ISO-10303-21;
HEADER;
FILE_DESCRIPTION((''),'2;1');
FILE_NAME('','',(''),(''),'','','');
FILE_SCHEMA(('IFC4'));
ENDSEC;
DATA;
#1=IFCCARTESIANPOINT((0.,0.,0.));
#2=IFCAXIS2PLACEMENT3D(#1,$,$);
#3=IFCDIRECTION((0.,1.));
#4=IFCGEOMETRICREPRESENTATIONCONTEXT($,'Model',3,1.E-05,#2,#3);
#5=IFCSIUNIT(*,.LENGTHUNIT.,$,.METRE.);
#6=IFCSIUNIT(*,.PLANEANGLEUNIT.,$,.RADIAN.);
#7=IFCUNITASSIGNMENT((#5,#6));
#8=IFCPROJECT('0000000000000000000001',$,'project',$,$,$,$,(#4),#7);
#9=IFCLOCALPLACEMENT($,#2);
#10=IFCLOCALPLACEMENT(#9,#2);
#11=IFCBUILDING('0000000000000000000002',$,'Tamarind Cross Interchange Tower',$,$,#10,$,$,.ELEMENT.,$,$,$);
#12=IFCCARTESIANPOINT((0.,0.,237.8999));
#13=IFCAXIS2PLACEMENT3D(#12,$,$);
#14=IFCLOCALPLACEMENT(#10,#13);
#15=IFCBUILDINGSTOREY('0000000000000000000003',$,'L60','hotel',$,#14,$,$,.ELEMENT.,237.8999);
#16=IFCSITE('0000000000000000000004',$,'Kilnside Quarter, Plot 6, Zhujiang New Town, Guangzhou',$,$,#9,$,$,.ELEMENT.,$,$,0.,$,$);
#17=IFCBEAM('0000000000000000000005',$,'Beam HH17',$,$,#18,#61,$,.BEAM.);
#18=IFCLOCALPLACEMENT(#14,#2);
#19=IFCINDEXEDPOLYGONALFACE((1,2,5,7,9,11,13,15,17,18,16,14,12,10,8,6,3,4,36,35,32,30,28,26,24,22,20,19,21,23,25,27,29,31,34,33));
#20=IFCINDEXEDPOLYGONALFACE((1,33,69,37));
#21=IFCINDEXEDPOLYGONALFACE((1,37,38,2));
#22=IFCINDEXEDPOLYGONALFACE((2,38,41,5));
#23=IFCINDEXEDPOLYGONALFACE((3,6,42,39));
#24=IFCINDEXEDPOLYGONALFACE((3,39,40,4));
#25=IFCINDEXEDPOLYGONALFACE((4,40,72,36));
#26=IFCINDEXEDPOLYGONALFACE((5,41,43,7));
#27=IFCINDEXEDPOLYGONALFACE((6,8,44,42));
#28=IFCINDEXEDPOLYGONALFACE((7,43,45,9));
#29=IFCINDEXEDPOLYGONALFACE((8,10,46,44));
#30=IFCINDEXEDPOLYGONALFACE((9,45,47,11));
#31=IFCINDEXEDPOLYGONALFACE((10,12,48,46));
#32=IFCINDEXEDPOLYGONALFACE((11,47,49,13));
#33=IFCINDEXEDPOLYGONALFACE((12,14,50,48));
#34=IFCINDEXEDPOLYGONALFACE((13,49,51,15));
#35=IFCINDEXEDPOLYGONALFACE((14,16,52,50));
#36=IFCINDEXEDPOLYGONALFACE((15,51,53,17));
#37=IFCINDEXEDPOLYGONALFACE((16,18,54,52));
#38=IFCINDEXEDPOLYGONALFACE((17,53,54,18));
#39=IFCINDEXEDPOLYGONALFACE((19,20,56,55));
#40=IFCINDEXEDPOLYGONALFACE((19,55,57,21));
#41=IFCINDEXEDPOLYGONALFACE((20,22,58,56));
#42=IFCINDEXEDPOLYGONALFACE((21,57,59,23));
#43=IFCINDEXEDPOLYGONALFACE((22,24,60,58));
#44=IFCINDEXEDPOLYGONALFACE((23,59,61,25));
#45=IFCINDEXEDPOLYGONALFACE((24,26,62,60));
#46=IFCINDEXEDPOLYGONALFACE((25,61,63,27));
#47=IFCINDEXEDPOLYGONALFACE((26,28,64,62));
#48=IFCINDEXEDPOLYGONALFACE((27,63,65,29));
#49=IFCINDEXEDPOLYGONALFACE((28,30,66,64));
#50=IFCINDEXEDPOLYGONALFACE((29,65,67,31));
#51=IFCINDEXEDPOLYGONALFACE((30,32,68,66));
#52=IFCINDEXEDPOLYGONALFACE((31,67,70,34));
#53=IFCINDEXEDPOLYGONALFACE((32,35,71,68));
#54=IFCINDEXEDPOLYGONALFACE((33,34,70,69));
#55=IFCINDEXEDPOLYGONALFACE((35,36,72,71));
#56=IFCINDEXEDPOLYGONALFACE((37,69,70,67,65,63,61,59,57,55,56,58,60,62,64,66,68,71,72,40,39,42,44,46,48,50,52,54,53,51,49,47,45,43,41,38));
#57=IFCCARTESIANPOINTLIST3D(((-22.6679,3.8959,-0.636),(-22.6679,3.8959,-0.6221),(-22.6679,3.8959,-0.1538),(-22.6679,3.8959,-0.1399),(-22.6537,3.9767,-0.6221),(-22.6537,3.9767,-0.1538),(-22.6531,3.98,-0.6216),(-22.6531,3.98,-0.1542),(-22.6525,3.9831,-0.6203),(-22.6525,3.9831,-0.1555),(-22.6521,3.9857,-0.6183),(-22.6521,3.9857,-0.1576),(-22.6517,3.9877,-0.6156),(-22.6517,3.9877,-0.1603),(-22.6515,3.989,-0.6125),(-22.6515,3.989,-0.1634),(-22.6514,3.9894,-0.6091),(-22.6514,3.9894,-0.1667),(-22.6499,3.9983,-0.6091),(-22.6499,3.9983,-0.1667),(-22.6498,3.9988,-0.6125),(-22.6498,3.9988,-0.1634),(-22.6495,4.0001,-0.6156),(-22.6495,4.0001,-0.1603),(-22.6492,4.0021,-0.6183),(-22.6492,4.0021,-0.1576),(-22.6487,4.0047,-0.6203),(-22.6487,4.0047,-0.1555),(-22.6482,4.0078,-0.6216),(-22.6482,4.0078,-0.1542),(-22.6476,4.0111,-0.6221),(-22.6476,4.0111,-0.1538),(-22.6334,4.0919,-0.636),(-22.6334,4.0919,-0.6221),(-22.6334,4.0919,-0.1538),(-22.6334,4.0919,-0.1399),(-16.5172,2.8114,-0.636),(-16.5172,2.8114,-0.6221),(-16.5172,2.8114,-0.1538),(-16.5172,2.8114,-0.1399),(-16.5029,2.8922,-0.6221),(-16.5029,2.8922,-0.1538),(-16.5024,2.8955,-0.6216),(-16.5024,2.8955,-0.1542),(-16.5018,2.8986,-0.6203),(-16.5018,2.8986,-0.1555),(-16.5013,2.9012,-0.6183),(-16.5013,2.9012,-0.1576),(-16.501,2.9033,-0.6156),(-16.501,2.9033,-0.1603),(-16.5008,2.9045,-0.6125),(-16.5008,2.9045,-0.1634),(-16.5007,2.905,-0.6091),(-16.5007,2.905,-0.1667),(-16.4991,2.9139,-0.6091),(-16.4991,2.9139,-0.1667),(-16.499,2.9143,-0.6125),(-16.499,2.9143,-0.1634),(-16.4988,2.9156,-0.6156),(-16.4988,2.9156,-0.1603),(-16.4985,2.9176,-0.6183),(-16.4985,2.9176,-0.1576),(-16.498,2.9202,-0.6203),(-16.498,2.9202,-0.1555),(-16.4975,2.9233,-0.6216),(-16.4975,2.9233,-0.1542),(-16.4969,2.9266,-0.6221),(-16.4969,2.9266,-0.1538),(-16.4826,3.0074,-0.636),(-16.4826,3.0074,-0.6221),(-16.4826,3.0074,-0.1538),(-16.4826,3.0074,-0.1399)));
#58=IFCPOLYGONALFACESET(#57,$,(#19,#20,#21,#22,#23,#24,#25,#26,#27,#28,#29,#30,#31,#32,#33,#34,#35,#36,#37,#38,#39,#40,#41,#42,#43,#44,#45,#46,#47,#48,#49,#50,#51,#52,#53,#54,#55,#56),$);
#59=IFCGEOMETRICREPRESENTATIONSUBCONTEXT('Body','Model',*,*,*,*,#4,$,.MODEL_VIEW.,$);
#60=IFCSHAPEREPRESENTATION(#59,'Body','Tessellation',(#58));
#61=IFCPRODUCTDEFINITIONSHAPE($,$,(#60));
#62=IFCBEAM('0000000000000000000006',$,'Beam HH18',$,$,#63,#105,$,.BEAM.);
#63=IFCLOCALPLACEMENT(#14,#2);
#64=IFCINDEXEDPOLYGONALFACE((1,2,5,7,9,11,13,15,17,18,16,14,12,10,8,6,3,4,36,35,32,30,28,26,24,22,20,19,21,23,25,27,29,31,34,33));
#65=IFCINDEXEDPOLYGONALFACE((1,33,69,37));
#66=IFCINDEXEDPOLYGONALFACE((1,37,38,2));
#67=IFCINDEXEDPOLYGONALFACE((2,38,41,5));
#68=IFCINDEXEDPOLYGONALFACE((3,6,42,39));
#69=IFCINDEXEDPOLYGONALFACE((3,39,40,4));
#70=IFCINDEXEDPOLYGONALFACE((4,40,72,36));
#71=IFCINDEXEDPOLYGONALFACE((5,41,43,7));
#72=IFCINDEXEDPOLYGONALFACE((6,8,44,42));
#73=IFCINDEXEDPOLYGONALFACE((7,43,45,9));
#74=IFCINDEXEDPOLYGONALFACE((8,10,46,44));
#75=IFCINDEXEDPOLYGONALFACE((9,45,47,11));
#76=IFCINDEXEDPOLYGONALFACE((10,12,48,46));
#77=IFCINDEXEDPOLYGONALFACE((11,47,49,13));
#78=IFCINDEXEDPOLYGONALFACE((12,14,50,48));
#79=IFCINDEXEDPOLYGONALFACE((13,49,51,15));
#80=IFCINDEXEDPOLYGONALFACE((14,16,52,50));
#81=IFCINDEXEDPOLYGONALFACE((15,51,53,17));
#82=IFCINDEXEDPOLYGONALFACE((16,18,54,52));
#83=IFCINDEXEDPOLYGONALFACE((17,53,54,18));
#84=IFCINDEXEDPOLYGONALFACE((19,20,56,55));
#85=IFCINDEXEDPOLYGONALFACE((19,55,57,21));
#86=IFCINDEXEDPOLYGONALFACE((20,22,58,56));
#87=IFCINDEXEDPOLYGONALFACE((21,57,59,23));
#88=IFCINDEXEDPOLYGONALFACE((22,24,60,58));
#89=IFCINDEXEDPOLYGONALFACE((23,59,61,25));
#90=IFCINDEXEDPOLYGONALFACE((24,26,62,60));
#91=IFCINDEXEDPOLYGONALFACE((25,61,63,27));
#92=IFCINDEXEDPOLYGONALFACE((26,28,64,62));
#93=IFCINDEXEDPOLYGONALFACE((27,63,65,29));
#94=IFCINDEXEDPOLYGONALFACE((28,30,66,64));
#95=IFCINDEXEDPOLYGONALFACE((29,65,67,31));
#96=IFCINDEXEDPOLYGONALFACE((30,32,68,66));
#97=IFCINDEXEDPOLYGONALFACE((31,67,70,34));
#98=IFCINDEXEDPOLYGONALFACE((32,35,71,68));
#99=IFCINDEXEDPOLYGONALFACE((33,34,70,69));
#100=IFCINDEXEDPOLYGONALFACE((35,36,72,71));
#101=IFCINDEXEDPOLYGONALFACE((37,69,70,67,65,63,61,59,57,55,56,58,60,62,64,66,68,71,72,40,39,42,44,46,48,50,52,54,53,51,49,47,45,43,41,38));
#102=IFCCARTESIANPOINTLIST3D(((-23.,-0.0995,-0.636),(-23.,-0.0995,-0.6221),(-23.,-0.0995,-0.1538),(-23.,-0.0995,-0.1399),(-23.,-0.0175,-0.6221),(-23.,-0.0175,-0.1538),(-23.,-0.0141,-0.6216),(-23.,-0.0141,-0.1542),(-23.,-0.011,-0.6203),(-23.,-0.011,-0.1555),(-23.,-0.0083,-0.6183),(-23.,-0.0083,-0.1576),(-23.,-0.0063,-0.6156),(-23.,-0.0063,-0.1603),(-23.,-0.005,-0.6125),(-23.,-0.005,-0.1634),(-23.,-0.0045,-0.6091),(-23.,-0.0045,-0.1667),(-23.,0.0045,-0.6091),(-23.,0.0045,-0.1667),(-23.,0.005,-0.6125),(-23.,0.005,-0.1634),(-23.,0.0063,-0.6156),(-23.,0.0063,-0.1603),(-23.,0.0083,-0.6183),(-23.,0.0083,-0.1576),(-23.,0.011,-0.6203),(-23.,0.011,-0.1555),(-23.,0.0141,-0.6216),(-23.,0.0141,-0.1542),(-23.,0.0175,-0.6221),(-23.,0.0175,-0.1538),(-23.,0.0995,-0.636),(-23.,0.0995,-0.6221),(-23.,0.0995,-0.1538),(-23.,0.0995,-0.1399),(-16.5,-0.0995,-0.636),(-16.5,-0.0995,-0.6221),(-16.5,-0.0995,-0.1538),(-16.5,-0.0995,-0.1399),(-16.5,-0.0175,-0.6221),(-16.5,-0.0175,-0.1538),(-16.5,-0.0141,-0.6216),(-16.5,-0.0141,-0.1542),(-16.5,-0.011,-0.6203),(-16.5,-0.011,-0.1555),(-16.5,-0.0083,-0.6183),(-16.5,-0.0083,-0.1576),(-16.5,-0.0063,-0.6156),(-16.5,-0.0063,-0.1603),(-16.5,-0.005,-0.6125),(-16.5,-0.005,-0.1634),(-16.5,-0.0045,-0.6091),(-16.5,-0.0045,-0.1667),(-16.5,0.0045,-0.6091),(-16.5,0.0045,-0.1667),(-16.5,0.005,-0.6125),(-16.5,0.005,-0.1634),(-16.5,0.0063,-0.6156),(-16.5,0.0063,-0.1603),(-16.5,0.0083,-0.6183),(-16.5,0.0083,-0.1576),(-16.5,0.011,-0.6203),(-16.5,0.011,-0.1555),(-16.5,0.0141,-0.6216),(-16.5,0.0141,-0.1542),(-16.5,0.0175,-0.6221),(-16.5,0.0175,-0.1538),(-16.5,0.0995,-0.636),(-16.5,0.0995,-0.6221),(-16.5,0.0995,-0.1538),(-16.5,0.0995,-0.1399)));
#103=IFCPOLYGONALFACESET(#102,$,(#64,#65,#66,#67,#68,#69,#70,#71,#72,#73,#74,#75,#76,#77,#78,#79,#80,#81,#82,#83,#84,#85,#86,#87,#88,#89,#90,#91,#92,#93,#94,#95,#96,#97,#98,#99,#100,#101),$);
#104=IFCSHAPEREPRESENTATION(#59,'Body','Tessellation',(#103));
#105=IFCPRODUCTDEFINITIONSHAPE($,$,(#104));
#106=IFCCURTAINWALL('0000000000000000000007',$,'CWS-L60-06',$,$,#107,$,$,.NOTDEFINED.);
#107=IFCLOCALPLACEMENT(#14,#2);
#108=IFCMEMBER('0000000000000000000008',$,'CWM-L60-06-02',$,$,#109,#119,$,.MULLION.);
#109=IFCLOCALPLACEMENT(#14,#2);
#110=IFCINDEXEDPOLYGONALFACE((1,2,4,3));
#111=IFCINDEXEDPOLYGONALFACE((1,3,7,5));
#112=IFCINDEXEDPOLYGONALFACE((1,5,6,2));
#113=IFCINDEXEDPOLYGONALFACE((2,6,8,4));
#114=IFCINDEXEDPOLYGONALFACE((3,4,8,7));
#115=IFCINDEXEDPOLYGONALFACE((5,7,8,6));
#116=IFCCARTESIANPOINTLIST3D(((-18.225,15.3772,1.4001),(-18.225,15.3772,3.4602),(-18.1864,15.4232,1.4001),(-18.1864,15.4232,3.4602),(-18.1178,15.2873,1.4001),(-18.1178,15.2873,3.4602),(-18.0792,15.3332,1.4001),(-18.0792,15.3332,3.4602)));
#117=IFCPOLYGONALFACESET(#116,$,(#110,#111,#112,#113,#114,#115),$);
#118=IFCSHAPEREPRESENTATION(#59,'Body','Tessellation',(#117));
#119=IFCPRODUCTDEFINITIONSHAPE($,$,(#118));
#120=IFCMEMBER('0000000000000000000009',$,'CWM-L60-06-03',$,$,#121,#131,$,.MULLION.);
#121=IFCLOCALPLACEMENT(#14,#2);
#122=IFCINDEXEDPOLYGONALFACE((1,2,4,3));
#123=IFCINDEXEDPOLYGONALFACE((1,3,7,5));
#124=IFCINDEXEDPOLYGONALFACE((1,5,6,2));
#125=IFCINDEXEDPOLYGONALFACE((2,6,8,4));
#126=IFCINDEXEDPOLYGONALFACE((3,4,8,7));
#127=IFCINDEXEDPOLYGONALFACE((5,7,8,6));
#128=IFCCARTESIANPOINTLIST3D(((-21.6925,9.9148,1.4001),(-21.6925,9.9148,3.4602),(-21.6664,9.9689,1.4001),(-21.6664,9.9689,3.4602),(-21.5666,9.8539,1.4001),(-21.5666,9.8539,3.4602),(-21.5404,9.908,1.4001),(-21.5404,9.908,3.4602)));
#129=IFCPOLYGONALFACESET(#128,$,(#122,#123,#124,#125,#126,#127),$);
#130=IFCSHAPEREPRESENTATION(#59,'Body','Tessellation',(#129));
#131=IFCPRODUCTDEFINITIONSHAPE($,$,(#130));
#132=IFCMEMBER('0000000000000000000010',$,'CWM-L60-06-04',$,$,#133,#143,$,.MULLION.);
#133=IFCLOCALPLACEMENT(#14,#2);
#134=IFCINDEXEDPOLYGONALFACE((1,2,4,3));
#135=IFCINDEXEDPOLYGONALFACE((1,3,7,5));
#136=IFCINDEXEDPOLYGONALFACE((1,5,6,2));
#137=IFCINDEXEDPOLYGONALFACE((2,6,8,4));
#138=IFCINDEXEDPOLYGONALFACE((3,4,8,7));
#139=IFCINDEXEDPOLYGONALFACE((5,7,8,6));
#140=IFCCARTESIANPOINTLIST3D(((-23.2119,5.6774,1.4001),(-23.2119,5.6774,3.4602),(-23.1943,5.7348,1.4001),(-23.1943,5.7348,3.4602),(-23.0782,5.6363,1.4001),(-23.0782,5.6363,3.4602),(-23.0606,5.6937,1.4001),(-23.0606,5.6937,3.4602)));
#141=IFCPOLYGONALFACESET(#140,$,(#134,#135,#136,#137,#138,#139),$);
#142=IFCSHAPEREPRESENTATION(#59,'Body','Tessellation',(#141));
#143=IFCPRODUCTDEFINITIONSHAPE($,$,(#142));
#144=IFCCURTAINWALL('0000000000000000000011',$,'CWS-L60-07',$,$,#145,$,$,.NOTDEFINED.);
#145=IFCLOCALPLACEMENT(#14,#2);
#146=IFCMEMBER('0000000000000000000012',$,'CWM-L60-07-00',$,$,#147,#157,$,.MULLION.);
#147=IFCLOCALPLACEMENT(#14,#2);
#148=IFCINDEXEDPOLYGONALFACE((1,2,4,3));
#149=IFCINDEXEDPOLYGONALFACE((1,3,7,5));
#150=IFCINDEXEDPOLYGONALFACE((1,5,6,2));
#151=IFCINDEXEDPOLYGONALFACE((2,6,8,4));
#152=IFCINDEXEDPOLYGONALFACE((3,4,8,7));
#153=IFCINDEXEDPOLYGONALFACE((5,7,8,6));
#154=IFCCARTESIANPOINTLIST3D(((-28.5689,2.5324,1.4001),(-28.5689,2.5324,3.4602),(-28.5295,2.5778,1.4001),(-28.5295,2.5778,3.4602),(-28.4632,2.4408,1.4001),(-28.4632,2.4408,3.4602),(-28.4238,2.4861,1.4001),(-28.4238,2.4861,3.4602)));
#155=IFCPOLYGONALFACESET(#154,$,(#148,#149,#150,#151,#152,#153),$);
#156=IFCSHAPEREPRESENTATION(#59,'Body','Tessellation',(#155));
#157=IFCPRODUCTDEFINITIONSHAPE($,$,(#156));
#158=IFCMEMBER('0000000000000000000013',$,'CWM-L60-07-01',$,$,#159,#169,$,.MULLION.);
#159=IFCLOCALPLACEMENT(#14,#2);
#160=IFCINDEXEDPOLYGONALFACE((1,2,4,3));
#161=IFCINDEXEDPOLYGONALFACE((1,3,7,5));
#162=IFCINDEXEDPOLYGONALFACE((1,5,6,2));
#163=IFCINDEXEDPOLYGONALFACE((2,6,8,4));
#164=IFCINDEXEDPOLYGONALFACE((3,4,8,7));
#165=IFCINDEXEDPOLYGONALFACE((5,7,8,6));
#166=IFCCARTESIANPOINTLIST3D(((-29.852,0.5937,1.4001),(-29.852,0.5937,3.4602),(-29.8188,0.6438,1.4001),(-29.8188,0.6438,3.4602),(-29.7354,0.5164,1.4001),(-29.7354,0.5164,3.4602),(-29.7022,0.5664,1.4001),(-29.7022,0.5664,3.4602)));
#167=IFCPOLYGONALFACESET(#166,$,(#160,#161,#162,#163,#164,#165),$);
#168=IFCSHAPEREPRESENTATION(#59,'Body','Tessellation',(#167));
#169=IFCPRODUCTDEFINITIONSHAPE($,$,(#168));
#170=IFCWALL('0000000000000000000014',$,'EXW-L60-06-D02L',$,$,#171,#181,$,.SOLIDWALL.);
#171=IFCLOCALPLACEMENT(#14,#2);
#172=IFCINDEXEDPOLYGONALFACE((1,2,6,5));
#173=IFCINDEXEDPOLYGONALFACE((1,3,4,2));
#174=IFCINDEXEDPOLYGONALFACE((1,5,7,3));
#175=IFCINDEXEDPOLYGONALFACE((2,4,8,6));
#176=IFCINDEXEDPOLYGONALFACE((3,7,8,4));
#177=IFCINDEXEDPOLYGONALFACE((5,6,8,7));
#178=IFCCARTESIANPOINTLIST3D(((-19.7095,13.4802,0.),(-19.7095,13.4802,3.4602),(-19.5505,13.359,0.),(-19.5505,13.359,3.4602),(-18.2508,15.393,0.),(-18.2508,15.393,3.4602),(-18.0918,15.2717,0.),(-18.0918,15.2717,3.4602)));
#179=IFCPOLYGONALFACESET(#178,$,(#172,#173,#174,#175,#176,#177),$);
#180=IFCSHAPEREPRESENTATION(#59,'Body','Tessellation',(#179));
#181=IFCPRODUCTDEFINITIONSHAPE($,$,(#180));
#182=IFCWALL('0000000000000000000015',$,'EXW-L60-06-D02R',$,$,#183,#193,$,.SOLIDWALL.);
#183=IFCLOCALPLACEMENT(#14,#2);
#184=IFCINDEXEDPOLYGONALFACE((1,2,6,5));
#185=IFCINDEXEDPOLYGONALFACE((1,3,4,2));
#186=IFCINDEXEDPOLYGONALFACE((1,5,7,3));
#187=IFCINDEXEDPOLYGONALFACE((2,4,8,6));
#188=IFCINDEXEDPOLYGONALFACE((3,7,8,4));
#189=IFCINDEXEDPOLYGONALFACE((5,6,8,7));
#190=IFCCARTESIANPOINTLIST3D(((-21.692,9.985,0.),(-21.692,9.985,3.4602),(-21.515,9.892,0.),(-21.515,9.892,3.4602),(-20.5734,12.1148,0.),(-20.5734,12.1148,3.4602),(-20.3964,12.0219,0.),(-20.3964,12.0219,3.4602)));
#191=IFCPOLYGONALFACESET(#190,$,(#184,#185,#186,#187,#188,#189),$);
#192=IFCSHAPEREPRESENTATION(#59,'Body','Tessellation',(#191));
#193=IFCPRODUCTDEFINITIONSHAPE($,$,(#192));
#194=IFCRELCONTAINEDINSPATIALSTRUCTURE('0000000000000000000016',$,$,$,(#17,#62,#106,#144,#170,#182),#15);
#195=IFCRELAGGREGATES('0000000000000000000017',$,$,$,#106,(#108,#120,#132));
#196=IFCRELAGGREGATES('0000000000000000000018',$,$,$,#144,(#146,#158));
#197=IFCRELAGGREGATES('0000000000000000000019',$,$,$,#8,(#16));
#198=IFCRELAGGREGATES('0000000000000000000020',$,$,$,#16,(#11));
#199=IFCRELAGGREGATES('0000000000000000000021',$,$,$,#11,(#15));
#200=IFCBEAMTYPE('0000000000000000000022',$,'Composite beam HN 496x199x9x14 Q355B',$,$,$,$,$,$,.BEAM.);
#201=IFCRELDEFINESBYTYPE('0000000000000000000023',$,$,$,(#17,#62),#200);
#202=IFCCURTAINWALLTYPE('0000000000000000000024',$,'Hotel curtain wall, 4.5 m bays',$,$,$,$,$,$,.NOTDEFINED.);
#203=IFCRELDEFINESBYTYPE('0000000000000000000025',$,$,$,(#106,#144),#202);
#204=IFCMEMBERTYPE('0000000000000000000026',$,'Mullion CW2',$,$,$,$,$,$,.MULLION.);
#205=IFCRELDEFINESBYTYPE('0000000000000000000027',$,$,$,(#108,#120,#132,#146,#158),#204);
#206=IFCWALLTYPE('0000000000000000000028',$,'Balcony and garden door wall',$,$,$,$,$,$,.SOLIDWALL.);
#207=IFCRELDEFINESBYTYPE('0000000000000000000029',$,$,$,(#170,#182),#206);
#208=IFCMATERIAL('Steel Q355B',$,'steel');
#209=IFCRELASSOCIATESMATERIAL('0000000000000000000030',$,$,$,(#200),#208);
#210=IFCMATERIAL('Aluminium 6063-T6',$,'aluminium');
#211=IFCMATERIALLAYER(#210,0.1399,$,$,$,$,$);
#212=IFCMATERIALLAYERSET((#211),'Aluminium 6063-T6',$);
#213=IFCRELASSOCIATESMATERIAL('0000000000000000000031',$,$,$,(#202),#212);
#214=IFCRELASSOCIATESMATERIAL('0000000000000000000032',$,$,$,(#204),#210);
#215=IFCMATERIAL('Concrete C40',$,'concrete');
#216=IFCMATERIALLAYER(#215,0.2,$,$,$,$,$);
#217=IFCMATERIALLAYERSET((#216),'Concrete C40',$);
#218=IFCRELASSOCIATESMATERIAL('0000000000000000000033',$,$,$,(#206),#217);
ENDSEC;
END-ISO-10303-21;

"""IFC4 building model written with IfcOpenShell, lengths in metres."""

from ifc_helpers import new_model, si_unit, direction, frame, frame_2d, origin, origin_2d, place, context, subcontext, project, spatial, rectangle, i_section, extrude, material, layer, layer_set, material_profile, profile_set, type_object, element, aggregate, save


model = new_model("IFC4")

# Units and contexts
model_context = context("Model", 3, precision=1e-05, world=origin(), true_north=direction((0.0, 1.0)))
body_context = subcontext(model_context, "Body", "Model", "MODEL_VIEW")
ifc_project = project(units=[si_unit("LENGTHUNIT", "METRE"), si_unit("PLANEANGLEUNIT", "RADIAN")], contexts=[model_context])

# Site, building, storey
site_placement = place(None, origin())
site = spatial("IfcSite", under=ifc_project, at=site_placement, Name="Kilnside Quarter, Plot 6, Zhujiang New Town, Guangzhou", CompositionType="ELEMENT", RefElevation=0.0)
building_placement = place(site_placement, origin())
building = spatial("IfcBuilding", under=site, at=building_placement, Name="Tamarind Cross Interchange Tower", CompositionType="ELEMENT")
storey_placement = place(building_placement, frame((0.0, 0.0, 237.8999)))
storey = spatial("IfcBuildingStorey", under=building, at=storey_placement, Name="L60", Description="hotel", CompositionType="ELEMENT", Elevation=237.8999)

# Beams
ifc_material_1 = material(Name="Steel Q355B", Category="steel")
ifc_material_profile_1 = material_profile(ifc_material_1, i_section(OverallWidth=0.199, OverallDepth=0.4961, WebThickness=0.009, FlangeThickness=0.0139, FilletRadius=0.0129, at=origin_2d()), Name="HN 496x199x9x14")
ifc_profile_set_1 = profile_set([ifc_material_profile_1], Name="Steel Q355B")
beam_type = type_object("IfcBeamType", Name="Composite beam HN 496x199x9x14 Q355B", PredefinedType="BEAM", material=ifc_profile_set_1)
beam_1_placement = place(storey_placement, frame((-22.6506, 3.9939, -0.3879), z_axis=(0.984809, -0.17364, 0.0), x_axis=(0.17364, 0.984809, 0.0)))
element("IfcBeam", 1, at=beam_1_placement, inside=storey, type_object=beam_type, Name="Beam HH17", PredefinedType="BEAM", context=body_context, shape_type="SweptSolid", body=[
    extrude(i_section(OverallWidth=0.199, OverallDepth=0.4961, WebThickness=0.009, FlangeThickness=0.0139, FilletRadius=0.0129, at=origin_2d()), origin(), (0.0, 0.0, 1.0), 6.2456),
])
beam_2_placement = place(storey_placement, frame((-23.0, 0.0, -0.3879), z_axis=(1.0, 0.0, 0.0), x_axis=(0.0, 1.0, 0.0)))
element("IfcBeam", 2, at=beam_2_placement, inside=storey, type_object=beam_type, Name="Beam HH18", PredefinedType="BEAM", context=body_context, shape_type="SweptSolid", body=[
    extrude(i_section(OverallWidth=0.199, OverallDepth=0.4961, WebThickness=0.009, FlangeThickness=0.0139, FilletRadius=0.0129, at=origin_2d()), origin(), (0.0, 0.0, 1.0), 6.5),
])

# Curtain walls, members
ifc_material_2 = material(Name="Aluminium 6063-T6", Category="aluminium")
ifc_layer_1 = layer(ifc_material_2, 0.1399)
ifc_layer_set_1 = layer_set([ifc_layer_1], Name="Aluminium 6063-T6")
curtain_wall_type = type_object("IfcCurtainWallType", Name="Hotel curtain wall, 4.5 m bays", PredefinedType="NOTDEFINED", material=ifc_layer_set_1)
curtain_wall_1_placement = place(storey_placement, origin())
curtain_wall_1 = element("IfcCurtainWall", 3, at=curtain_wall_1_placement, inside=storey, type_object=curtain_wall_type, Name="CWS-L60-06", PredefinedType="NOTDEFINED")
ifc_material_profile_2 = material_profile(ifc_material_2, rectangle(XDim=0.0601, YDim=0.1399, at=origin_2d()), Name="Mullion CW2")
ifc_profile_set_2 = profile_set([ifc_material_profile_2], Name="Aluminium 6063-T6")
member_type = type_object("IfcMemberType", Name="Mullion CW2", PredefinedType="MULLION", material=ifc_profile_set_2)
member_1_placement = place(storey_placement, frame((-18.1521, 15.3552, 1.4001), z_axis=(0.0, 0.0, 1.0), x_axis=(-0.643009, -0.765858, 0.0)))
member_1 = element("IfcMember", 4, at=member_1_placement, type_object=member_type, Name="CWM-L60-06-02", PredefinedType="MULLION", context=body_context, shape_type="SweptSolid", body=[
    extrude(rectangle(XDim=0.0601, YDim=0.1399, at=origin_2d()), origin(), (0.0, 0.0, 1.0), 2.0601),
])
member_2_placement = place(storey_placement, frame((-21.6165, 9.9114, 1.4001), z_axis=(0.0, 0.0, 1.0), x_axis=(-0.435326, -0.900273, 0.0)))
member_2 = element("IfcMember", 5, at=member_2_placement, type_object=member_type, Name="CWM-L60-06-03", PredefinedType="MULLION", context=body_context, shape_type="SweptSolid", body=[
    extrude(rectangle(XDim=0.0601, YDim=0.1399, at=origin_2d()), origin(), (0.0, 0.0, 1.0), 2.0601),
])
member_3_placement = place(storey_placement, frame((-23.1362, 5.6855, 1.4001), z_axis=(0.0, 0.0, 1.0), x_axis=(-0.293333, -0.95601, 0.0)))
member_3 = element("IfcMember", 6, at=member_3_placement, type_object=member_type, Name="CWM-L60-06-04", PredefinedType="MULLION", context=body_context, shape_type="SweptSolid", body=[
    extrude(rectangle(XDim=0.0601, YDim=0.1399, at=origin_2d()), origin(), (0.0, 0.0, 1.0), 2.0601),
])
aggregate(curtain_wall_1, [member_1, member_2, member_3])
curtain_wall_2_placement = place(storey_placement, origin())
curtain_wall_2 = element("IfcCurtainWall", 7, at=curtain_wall_2_placement, inside=storey, type_object=curtain_wall_type, Name="CWS-L60-07", PredefinedType="NOTDEFINED")
member_4_placement = place(storey_placement, frame((-28.4963, 2.5093, 1.4001), z_axis=(0.0, 0.0, 1.0), x_axis=(-0.655274, -0.755391, 0.0)))
member_4 = element("IfcMember", 8, at=member_4_placement, type_object=member_type, Name="CWM-L60-07-00", PredefinedType="MULLION", context=body_context, shape_type="SweptSolid", body=[
    extrude(rectangle(XDim=0.0601, YDim=0.1399, at=origin_2d()), origin(), (0.0, 0.0, 1.0), 2.0601),
])
member_5_placement = place(storey_placement, frame((-29.7771, 0.5801, 1.4001), z_axis=(0.0, 0.0, 1.0), x_axis=(-0.553112, -0.833107, 0.0)))
member_5 = element("IfcMember", 9, at=member_5_placement, type_object=member_type, Name="CWM-L60-07-01", PredefinedType="MULLION", context=body_context, shape_type="SweptSolid", body=[
    extrude(rectangle(XDim=0.0601, YDim=0.1399, at=origin_2d()), origin(), (0.0, 0.0, 1.0), 2.0601),
])
aggregate(curtain_wall_2, [member_4, member_5])

# Walls
ifc_material_3 = material(Name="Concrete C40", Category="concrete")
ifc_layer_2 = layer(ifc_material_3, 0.2)
ifc_layer_set_2 = layer_set([ifc_layer_2], Name="Concrete C40")
wall_type_1 = type_object("IfcWallType", Name="Balcony and garden door wall", PredefinedType="SOLIDWALL", material=ifc_layer_set_2)
wall_1_placement = place(storey_placement, frame((-18.1714, 15.3323, 0.0), z_axis=(0.0, 0.0, 1.0), x_axis=(-0.606395, -0.795164, 0.0)))
element("IfcWall", 10, at=wall_1_placement, inside=storey, type_object=wall_type_1, Name="EXW-L60-06-D02L", PredefinedType="SOLIDWALL", context=body_context, shape_type="SweptSolid", body=[
    extrude(rectangle(XDim=2.4055, YDim=0.2, at=frame_2d((1.2026, 0.0))), origin(), (0.0, 0.0, 1.0), 3.4602),
])
wall_2_placement = place(storey_placement, frame((-20.4849, 12.0684, 0.0), z_axis=(0.0, 0.0, 1.0), x_axis=(-0.464985, -0.885319, 0.0)))
element("IfcWall", 11, at=wall_2_placement, inside=storey, type_object=wall_type_1, Name="EXW-L60-06-D02R", PredefinedType="SOLIDWALL", context=body_context, shape_type="SweptSolid", body=[
    extrude(rectangle(XDim=2.4058, YDim=0.2, at=frame_2d((1.2029, 0.0))), origin(), (0.0, 0.0, 1.0), 3.4602),
])

save(model, "model.ifc")
